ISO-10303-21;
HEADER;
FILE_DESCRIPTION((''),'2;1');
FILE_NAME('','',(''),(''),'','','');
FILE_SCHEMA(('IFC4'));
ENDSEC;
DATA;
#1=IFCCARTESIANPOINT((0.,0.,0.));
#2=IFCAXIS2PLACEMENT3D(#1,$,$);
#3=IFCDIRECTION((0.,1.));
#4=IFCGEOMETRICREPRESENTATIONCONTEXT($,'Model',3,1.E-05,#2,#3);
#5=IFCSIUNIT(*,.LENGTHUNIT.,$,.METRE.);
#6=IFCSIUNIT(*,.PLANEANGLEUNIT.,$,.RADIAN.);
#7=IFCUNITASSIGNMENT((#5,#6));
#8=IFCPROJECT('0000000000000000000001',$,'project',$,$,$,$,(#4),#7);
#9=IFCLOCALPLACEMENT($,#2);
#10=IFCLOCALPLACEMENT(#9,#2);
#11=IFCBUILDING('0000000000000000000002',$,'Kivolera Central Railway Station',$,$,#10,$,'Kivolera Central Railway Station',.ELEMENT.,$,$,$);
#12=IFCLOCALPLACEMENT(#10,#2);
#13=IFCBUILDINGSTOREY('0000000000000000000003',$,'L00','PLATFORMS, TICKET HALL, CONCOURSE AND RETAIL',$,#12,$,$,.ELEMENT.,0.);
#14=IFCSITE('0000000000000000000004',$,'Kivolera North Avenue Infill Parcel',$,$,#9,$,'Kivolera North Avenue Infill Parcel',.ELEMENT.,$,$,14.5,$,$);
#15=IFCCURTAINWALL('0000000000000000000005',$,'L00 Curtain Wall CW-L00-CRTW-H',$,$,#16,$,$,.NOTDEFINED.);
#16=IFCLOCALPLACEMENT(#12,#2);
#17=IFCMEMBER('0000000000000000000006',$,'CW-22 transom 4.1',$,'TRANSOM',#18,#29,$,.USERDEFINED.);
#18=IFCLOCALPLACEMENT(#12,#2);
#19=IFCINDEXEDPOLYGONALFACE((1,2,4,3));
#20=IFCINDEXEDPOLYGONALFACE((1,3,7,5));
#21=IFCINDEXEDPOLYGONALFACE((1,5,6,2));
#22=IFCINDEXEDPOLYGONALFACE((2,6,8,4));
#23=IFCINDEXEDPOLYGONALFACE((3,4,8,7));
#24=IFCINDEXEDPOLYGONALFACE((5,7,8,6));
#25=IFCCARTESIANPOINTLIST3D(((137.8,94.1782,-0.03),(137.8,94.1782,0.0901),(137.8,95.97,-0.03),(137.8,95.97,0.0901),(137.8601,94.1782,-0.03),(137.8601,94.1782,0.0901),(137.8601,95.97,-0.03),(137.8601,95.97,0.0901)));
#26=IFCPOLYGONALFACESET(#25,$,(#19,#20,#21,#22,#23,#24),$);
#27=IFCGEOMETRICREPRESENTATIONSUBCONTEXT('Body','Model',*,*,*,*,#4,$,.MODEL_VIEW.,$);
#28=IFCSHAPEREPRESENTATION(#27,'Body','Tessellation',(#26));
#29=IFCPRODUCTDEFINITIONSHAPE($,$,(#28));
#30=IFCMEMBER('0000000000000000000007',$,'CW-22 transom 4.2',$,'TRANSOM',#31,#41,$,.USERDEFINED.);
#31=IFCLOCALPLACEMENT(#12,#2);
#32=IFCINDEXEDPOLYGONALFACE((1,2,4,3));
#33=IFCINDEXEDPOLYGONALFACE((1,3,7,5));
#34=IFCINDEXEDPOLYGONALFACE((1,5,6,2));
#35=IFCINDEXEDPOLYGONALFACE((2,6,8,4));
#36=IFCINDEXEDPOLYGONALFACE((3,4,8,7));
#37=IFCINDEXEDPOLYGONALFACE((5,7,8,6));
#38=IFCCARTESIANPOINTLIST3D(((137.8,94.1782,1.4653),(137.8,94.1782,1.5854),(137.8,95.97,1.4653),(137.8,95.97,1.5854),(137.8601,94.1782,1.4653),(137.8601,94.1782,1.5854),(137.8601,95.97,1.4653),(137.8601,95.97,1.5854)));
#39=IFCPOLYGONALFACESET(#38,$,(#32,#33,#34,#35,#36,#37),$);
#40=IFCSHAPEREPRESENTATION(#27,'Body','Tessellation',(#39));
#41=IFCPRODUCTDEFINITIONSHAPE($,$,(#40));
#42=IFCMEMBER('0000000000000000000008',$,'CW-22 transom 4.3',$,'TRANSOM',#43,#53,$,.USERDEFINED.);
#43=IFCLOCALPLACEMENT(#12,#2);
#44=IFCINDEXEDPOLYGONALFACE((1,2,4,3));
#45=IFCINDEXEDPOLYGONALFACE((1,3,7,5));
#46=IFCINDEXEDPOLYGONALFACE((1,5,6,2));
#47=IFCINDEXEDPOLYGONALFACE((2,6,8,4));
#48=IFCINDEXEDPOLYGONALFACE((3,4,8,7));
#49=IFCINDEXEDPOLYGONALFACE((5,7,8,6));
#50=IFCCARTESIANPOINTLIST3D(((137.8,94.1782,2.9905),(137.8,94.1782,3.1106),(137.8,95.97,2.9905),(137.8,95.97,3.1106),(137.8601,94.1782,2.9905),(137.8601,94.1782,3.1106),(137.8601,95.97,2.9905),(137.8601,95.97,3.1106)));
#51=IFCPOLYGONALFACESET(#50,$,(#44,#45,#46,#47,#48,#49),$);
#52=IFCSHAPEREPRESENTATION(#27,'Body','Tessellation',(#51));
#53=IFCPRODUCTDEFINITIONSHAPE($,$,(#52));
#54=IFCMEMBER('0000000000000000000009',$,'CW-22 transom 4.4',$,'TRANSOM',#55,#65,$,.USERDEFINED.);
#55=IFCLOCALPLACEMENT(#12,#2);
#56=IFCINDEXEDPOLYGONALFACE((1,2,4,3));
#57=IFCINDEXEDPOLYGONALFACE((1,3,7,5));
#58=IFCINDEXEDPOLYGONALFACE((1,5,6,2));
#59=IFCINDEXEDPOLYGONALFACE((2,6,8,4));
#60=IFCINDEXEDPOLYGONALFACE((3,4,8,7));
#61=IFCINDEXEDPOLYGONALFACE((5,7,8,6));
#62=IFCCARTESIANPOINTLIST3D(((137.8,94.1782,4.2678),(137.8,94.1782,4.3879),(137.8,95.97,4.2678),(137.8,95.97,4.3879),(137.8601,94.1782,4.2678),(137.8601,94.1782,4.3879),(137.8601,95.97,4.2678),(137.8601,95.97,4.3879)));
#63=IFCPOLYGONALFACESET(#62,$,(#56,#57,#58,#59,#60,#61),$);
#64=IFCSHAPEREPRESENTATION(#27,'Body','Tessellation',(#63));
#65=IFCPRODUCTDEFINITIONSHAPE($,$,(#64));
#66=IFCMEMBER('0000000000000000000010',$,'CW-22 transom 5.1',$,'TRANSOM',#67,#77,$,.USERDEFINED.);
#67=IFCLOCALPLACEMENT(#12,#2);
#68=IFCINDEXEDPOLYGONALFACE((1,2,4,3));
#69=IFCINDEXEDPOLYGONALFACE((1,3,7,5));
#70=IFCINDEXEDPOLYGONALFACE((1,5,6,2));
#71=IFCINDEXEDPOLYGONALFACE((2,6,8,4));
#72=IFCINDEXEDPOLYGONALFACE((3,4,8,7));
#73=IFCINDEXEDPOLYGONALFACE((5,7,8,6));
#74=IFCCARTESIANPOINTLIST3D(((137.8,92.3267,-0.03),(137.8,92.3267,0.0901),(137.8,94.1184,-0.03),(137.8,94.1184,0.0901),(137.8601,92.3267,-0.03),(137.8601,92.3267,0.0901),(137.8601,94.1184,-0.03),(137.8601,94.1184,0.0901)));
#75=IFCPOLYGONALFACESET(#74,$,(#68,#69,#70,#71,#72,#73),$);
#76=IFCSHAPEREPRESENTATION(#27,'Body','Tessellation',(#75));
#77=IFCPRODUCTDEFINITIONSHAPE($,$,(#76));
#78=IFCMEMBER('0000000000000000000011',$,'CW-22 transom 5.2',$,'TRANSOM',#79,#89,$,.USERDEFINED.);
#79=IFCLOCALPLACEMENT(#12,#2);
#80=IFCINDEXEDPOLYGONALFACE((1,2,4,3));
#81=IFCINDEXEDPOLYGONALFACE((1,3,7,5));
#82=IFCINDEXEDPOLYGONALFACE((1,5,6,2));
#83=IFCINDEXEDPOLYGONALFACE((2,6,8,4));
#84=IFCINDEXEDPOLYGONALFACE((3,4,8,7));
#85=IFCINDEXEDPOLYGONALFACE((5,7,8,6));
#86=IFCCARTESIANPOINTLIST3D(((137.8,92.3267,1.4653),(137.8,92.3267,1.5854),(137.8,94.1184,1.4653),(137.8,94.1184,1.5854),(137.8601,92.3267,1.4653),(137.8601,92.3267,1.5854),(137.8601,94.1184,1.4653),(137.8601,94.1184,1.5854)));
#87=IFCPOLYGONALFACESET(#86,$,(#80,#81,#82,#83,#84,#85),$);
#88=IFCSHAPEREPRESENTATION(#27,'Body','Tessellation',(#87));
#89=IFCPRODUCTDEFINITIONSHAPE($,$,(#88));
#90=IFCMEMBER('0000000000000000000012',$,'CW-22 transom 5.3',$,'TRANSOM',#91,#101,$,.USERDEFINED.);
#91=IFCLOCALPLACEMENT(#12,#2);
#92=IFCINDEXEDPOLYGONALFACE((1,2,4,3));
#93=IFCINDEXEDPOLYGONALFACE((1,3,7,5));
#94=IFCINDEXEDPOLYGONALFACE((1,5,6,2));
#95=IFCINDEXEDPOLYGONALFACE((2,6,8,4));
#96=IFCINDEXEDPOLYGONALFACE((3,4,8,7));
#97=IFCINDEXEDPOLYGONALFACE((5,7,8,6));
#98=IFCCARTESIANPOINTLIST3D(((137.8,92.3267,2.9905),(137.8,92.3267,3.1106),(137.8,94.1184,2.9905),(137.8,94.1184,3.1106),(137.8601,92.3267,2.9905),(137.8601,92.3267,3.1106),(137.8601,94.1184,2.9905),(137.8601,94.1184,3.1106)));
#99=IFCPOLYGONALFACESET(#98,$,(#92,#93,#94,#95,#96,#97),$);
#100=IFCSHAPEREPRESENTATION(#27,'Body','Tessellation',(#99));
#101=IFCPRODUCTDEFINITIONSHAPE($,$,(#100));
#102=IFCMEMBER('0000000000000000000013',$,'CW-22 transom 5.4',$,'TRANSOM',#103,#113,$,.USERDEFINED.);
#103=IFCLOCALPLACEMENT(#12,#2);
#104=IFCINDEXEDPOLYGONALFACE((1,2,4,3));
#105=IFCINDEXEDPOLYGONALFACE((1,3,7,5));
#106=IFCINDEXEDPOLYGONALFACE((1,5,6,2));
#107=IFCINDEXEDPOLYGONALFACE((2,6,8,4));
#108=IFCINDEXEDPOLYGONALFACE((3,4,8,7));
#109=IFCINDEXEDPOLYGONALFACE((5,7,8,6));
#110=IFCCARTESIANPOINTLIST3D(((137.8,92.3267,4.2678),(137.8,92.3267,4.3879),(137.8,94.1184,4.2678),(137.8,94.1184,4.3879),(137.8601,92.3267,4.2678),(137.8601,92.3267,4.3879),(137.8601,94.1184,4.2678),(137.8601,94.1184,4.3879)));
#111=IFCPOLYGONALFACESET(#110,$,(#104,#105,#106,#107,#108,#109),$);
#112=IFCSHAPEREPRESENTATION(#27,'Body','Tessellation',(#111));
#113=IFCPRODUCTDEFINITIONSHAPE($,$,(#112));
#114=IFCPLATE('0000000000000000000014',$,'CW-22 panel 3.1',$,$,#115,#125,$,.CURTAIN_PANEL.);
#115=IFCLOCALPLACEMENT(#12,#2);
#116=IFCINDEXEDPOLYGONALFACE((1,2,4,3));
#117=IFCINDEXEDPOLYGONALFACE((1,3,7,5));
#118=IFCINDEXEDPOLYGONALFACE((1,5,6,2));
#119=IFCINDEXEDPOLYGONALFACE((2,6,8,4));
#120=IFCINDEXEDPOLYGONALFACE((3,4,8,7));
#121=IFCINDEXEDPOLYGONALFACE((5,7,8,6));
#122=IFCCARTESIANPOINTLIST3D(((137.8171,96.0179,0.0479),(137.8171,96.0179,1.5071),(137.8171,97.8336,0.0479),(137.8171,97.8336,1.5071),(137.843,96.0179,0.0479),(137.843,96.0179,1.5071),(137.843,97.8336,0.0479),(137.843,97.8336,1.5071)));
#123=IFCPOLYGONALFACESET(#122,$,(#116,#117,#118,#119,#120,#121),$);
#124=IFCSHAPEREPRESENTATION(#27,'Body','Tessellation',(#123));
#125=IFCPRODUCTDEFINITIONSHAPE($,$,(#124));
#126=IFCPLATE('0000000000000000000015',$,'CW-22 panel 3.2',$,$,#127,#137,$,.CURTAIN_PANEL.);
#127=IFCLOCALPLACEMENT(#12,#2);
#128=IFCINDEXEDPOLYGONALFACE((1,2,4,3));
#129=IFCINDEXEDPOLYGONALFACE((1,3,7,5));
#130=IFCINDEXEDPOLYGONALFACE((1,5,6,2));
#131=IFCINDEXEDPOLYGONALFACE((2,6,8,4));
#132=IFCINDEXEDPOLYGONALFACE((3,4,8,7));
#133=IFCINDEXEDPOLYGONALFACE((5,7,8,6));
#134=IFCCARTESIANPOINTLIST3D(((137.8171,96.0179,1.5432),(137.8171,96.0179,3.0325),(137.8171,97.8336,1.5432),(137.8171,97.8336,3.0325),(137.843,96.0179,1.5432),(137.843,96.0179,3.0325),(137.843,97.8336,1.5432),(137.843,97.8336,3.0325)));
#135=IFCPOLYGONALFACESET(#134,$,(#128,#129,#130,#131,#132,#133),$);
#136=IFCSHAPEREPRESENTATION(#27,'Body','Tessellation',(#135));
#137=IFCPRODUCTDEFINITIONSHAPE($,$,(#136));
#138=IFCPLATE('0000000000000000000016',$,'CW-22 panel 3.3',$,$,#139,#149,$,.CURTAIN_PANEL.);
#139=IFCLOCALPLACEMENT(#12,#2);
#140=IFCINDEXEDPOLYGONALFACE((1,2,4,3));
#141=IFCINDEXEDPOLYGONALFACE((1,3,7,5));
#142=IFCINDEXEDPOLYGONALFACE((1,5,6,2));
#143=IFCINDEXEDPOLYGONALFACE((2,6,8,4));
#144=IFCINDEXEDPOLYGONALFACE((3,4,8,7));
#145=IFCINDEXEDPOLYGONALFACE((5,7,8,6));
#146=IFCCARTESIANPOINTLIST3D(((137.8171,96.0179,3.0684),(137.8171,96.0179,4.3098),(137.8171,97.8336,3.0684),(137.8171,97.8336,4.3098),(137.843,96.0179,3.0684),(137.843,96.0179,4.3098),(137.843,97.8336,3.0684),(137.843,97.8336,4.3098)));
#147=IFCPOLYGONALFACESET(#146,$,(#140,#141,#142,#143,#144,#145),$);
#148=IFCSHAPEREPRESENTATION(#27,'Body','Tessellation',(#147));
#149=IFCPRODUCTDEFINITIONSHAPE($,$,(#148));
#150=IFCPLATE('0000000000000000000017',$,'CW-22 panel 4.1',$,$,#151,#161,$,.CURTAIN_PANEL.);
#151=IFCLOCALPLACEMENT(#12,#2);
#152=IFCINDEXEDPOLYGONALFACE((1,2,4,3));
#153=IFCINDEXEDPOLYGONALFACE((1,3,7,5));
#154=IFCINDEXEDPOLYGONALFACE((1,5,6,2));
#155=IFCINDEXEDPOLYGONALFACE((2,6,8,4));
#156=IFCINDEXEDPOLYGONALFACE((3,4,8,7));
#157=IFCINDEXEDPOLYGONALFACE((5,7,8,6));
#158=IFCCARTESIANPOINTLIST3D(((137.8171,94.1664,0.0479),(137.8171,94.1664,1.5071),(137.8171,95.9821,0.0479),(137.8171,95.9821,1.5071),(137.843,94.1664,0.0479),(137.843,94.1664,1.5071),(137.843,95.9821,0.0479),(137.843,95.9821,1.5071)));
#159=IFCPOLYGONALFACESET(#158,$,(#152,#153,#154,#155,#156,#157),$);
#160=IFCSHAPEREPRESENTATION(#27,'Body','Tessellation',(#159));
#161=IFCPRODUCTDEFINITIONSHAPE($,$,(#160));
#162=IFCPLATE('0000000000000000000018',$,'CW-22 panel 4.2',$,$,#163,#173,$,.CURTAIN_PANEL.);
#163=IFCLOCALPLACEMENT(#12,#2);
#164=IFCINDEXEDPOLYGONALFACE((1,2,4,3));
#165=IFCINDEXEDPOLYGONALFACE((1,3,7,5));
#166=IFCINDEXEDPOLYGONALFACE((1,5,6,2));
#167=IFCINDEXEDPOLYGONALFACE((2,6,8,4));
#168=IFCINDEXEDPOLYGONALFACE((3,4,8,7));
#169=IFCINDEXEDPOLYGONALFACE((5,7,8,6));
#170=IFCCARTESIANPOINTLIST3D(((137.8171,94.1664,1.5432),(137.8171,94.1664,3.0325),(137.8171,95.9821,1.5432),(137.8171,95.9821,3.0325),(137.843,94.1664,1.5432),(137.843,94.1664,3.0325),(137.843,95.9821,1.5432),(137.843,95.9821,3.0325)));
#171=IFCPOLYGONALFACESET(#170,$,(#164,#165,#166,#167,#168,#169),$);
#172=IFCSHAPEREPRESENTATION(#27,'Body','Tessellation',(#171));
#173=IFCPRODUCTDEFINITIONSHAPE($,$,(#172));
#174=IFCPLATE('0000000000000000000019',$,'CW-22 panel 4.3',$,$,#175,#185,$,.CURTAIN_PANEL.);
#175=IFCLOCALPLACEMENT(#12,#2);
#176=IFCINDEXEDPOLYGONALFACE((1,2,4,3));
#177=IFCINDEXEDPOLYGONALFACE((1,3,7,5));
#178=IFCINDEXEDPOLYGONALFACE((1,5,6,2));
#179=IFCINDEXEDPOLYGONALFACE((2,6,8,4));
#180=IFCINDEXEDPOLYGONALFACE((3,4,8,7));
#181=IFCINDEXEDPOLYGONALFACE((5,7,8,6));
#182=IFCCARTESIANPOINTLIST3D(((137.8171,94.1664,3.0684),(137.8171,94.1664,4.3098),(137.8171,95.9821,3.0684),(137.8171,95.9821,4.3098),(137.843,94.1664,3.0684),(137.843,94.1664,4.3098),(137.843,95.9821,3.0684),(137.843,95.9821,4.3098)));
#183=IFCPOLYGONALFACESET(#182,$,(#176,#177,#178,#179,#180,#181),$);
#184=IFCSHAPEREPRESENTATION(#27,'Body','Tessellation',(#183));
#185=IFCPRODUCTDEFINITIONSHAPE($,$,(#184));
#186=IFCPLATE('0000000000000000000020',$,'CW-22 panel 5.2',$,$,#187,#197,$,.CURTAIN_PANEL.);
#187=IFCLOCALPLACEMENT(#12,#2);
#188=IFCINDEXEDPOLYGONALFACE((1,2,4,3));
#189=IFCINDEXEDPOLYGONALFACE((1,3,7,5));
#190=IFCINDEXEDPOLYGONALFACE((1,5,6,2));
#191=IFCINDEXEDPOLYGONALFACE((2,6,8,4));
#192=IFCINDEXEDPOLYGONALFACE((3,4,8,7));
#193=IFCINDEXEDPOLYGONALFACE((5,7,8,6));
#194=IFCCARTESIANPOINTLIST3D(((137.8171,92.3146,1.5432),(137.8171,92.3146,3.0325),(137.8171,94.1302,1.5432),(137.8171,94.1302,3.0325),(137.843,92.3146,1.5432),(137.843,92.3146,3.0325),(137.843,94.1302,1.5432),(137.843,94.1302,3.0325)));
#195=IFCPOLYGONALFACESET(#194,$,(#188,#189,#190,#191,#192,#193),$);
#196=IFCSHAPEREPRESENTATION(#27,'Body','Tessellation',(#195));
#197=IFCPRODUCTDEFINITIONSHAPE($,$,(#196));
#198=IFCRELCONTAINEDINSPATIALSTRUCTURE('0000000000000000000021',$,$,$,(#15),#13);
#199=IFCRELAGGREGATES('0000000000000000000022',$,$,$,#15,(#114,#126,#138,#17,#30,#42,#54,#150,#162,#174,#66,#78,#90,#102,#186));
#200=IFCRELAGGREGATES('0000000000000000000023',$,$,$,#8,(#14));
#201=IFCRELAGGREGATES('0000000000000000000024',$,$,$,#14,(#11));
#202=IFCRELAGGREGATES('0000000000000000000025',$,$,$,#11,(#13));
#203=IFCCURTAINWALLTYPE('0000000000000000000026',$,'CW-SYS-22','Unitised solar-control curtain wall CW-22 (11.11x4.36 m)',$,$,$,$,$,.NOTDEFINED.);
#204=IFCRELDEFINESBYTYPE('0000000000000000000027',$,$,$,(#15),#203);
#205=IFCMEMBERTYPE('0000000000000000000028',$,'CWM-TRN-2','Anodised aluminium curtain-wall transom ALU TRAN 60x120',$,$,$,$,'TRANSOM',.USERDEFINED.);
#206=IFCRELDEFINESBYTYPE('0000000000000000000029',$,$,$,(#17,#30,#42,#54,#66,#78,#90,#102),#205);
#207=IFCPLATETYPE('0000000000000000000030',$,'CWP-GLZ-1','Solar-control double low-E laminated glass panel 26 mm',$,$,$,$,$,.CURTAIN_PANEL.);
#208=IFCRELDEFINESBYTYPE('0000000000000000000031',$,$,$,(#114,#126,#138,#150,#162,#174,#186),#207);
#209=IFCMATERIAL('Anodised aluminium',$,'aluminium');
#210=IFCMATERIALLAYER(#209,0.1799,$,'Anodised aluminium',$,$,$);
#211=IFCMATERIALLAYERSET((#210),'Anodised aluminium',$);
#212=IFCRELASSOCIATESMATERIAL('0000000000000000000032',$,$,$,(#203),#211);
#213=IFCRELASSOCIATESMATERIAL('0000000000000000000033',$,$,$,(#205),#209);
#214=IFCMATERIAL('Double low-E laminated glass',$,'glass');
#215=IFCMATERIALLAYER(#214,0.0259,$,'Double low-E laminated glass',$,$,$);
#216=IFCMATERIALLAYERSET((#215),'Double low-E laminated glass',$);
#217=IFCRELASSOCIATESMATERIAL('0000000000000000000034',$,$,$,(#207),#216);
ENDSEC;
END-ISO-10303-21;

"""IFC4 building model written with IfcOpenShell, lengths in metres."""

from ifc_helpers import new_model, si_unit, direction, frame, origin, origin_2d, place, context, subcontext, project, spatial, rectangle, extrude, material, layer, layer_set, material_profile, profile_set, type_object, element, aggregate, save


model = new_model("IFC4")

# Units and contexts
model_context = context("Model", 3, precision=1e-05, world=origin(), true_north=direction((0.0, 1.0)))
body_context = subcontext(model_context, "Body", "Model", "MODEL_VIEW")
ifc_project = project(units=[si_unit("LENGTHUNIT", "METRE"), si_unit("PLANEANGLEUNIT", "RADIAN")], contexts=[model_context])

# Site, building, storey
site_placement = place(None, origin())
site = spatial("IfcSite", under=ifc_project, at=site_placement, Name="Kivolera North Avenue Infill Parcel", LongName="Kivolera North Avenue Infill Parcel", CompositionType="ELEMENT", RefElevation=14.5)
building_placement = place(site_placement, origin())
building = spatial("IfcBuilding", under=site, at=building_placement, Name="Kivolera Central Railway Station", LongName="Kivolera Central Railway Station", CompositionType="ELEMENT")
storey_placement = place(building_placement, origin())
storey = spatial("IfcBuildingStorey", under=building, at=storey_placement, Name="L00", Description="PLATFORMS, TICKET HALL, CONCOURSE AND RETAIL", CompositionType="ELEMENT", Elevation=0.0)

# Curtain wall, members, plates
ifc_material_1 = material(Name="Anodised aluminium", Category="aluminium")
ifc_layer_1 = layer(ifc_material_1, 0.1799, Name="Anodised aluminium")
ifc_layer_set_1 = layer_set([ifc_layer_1], Name="Anodised aluminium")
curtain_wall_type = type_object("IfcCurtainWallType", Name="CW-SYS-22", Description="Unitised solar-control curtain wall CW-22 (11.11x4.36 m)", PredefinedType="NOTDEFINED", material=ifc_layer_set_1)
curtain_wall_placement = place(storey_placement, origin())
curtain_wall = element("IfcCurtainWall", 1, at=curtain_wall_placement, inside=storey, type_object=curtain_wall_type, Name="L00 Curtain Wall CW-L00-CRTW-H", PredefinedType="NOTDEFINED")
ifc_material_profile_1 = material_profile(ifc_material_1, rectangle(XDim=0.0601, YDim=0.1201, at=origin_2d()), Name="ALU TRAN 60x120")
ifc_profile_set_1 = profile_set([ifc_material_profile_1], Name="Anodised aluminium")
member_type_1 = type_object("IfcMemberType", Name="CWM-TRN-2", Description="Anodised aluminium curtain-wall transom ALU TRAN 60x120", ElementType="TRANSOM", PredefinedType="USERDEFINED", material=ifc_profile_set_1)
member_1_placement = place(storey_placement, frame((137.8301, 95.97, 0.03), z_axis=(0.0, -1.0, 0.0), x_axis=(1.0, 0.0, 0.0)))
member_1 = element("IfcMember", 2, at=member_1_placement, type_object=member_type_1, Name="CW-22 transom 4.1", ObjectType="TRANSOM", PredefinedType="USERDEFINED", context=body_context, shape_type="SweptSolid", body=[
    extrude(rectangle(XDim=0.0601, YDim=0.1201, at=origin_2d()), origin(), (0.0, 0.0, 1.0), 1.7917),
])
member_2_placement = place(storey_placement, frame((137.8301, 95.97, 1.5254), z_axis=(0.0, -1.0, 0.0), x_axis=(1.0, 0.0, 0.0)))
member_2 = element("IfcMember", 3, at=member_2_placement, type_object=member_type_1, Name="CW-22 transom 4.2", ObjectType="TRANSOM", PredefinedType="USERDEFINED", context=body_context, shape_type="SweptSolid", body=[
    extrude(rectangle(XDim=0.0601, YDim=0.1201, at=origin_2d()), origin(), (0.0, 0.0, 1.0), 1.7917),
])
member_3_placement = place(storey_placement, frame((137.8301, 95.97, 3.0505), z_axis=(0.0, -1.0, 0.0), x_axis=(1.0, 0.0, 0.0)))
member_3 = element("IfcMember", 4, at=member_3_placement, type_object=member_type_1, Name="CW-22 transom 4.3", ObjectType="TRANSOM", PredefinedType="USERDEFINED", context=body_context, shape_type="SweptSolid", body=[
    extrude(rectangle(XDim=0.0601, YDim=0.1201, at=origin_2d()), origin(), (0.0, 0.0, 1.0), 1.7917),
])
member_4_placement = place(storey_placement, frame((137.8301, 95.97, 4.3279), z_axis=(0.0, -1.0, 0.0), x_axis=(1.0, 0.0, 0.0)))
member_4 = element("IfcMember", 5, at=member_4_placement, type_object=member_type_1, Name="CW-22 transom 4.4", ObjectType="TRANSOM", PredefinedType="USERDEFINED", context=body_context, shape_type="SweptSolid", body=[
    extrude(rectangle(XDim=0.0601, YDim=0.1201, at=origin_2d()), origin(), (0.0, 0.0, 1.0), 1.7917),
])
member_5_placement = place(storey_placement, frame((137.8301, 94.1184, 0.03), z_axis=(0.0, -1.0, 0.0), x_axis=(1.0, 0.0, 0.0)))
member_5 = element("IfcMember", 6, at=member_5_placement, type_object=member_type_1, Name="CW-22 transom 5.1", ObjectType="TRANSOM", PredefinedType="USERDEFINED", context=body_context, shape_type="SweptSolid", body=[
    extrude(rectangle(XDim=0.0601, YDim=0.1201, at=origin_2d()), origin(), (0.0, 0.0, 1.0), 1.7917),
])
member_6_placement = place(storey_placement, frame((137.8301, 94.1184, 1.5254), z_axis=(0.0, -1.0, 0.0), x_axis=(1.0, 0.0, 0.0)))
member_6 = element("IfcMember", 7, at=member_6_placement, type_object=member_type_1, Name="CW-22 transom 5.2", ObjectType="TRANSOM", PredefinedType="USERDEFINED", context=body_context, shape_type="SweptSolid", body=[
    extrude(rectangle(XDim=0.0601, YDim=0.1201, at=origin_2d()), origin(), (0.0, 0.0, 1.0), 1.7917),
])
member_7_placement = place(storey_placement, frame((137.8301, 94.1184, 3.0505), z_axis=(0.0, -1.0, 0.0), x_axis=(1.0, 0.0, 0.0)))
member_7 = element("IfcMember", 8, at=member_7_placement, type_object=member_type_1, Name="CW-22 transom 5.3", ObjectType="TRANSOM", PredefinedType="USERDEFINED", context=body_context, shape_type="SweptSolid", body=[
    extrude(rectangle(XDim=0.0601, YDim=0.1201, at=origin_2d()), origin(), (0.0, 0.0, 1.0), 1.7917),
])
member_8_placement = place(storey_placement, frame((137.8301, 94.1184, 4.3279), z_axis=(0.0, -1.0, 0.0), x_axis=(1.0, 0.0, 0.0)))
member_8 = element("IfcMember", 9, at=member_8_placement, type_object=member_type_1, Name="CW-22 transom 5.4", ObjectType="TRANSOM", PredefinedType="USERDEFINED", context=body_context, shape_type="SweptSolid", body=[
    extrude(rectangle(XDim=0.0601, YDim=0.1201, at=origin_2d()), origin(), (0.0, 0.0, 1.0), 1.7917),
])
ifc_material_2 = material(Name="Double low-E laminated glass", Category="glass")
ifc_layer_2 = layer(ifc_material_2, 0.0259, Name="Double low-E laminated glass")
ifc_layer_set_2 = layer_set([ifc_layer_2], Name="Double low-E laminated glass")
plate_type = type_object("IfcPlateType", Name="CWP-GLZ-1", Description="Solar-control double low-E laminated glass panel 26 mm", PredefinedType="CURTAIN_PANEL", material=ifc_layer_set_2)
plate_1_placement = place(storey_placement, frame((137.8301, 96.9258, 0.0479), z_axis=(0.0, 0.0, 1.0), x_axis=(0.0, -1.0, 0.0)))
plate_1 = element("IfcPlate", 10, at=plate_1_placement, type_object=plate_type, Name="CW-22 panel 3.1", PredefinedType="CURTAIN_PANEL", context=body_context, shape_type="SweptSolid", body=[
    extrude(rectangle(XDim=1.8157, YDim=0.0259, at=origin_2d()), origin(), (0.0, 0.0, 1.0), 1.4592),
])
plate_2_placement = place(storey_placement, frame((137.8301, 96.9258, 1.5432), z_axis=(0.0, 0.0, 1.0), x_axis=(0.0, -1.0, 0.0)))
plate_2 = element("IfcPlate", 11, at=plate_2_placement, type_object=plate_type, Name="CW-22 panel 3.2", PredefinedType="CURTAIN_PANEL", context=body_context, shape_type="SweptSolid", body=[
    extrude(rectangle(XDim=1.8157, YDim=0.0259, at=origin_2d()), origin(), (0.0, 0.0, 1.0), 1.4893),
])
plate_3_placement = place(storey_placement, frame((137.8301, 96.9258, 3.0684), z_axis=(0.0, 0.0, 1.0), x_axis=(0.0, -1.0, 0.0)))
plate_3 = element("IfcPlate", 12, at=plate_3_placement, type_object=plate_type, Name="CW-22 panel 3.3", PredefinedType="CURTAIN_PANEL", context=body_context, shape_type="SweptSolid", body=[
    extrude(rectangle(XDim=1.8157, YDim=0.0259, at=origin_2d()), origin(), (0.0, 0.0, 1.0), 1.2415),
])
plate_4_placement = place(storey_placement, frame((137.8301, 95.0742, 0.0479), z_axis=(0.0, 0.0, 1.0), x_axis=(0.0, -1.0, 0.0)))
plate_4 = element("IfcPlate", 13, at=plate_4_placement, type_object=plate_type, Name="CW-22 panel 4.1", PredefinedType="CURTAIN_PANEL", context=body_context, shape_type="SweptSolid", body=[
    extrude(rectangle(XDim=1.8157, YDim=0.0259, at=origin_2d()), origin(), (0.0, 0.0, 1.0), 1.4592),
])
plate_5_placement = place(storey_placement, frame((137.8301, 95.0742, 1.5432), z_axis=(0.0, 0.0, 1.0), x_axis=(0.0, -1.0, 0.0)))
plate_5 = element("IfcPlate", 14, at=plate_5_placement, type_object=plate_type, Name="CW-22 panel 4.2", PredefinedType="CURTAIN_PANEL", context=body_context, shape_type="SweptSolid", body=[
    extrude(rectangle(XDim=1.8157, YDim=0.0259, at=origin_2d()), origin(), (0.0, 0.0, 1.0), 1.4893),
])
plate_6_placement = place(storey_placement, frame((137.8301, 95.0742, 3.0684), z_axis=(0.0, 0.0, 1.0), x_axis=(0.0, -1.0, 0.0)))
plate_6 = element("IfcPlate", 15, at=plate_6_placement, type_object=plate_type, Name="CW-22 panel 4.3", PredefinedType="CURTAIN_PANEL", context=body_context, shape_type="SweptSolid", body=[
    extrude(rectangle(XDim=1.8157, YDim=0.0259, at=origin_2d()), origin(), (0.0, 0.0, 1.0), 1.2415),
])
plate_7_placement = place(storey_placement, frame((137.8301, 93.2224, 1.5432), z_axis=(0.0, 0.0, 1.0), x_axis=(0.0, -1.0, 0.0)))
plate_7 = element("IfcPlate", 16, at=plate_7_placement, type_object=plate_type, Name="CW-22 panel 5.2", PredefinedType="CURTAIN_PANEL", context=body_context, shape_type="SweptSolid", body=[
    extrude(rectangle(XDim=1.8157, YDim=0.0259, at=origin_2d()), origin(), (0.0, 0.0, 1.0), 1.4893),
])
aggregate(curtain_wall, [plate_1, plate_2, plate_3, member_1, member_2, member_3, member_4, plate_4, plate_5, plate_6, member_5, member_6, member_7, member_8, plate_7])

save(model, "model.ifc")
